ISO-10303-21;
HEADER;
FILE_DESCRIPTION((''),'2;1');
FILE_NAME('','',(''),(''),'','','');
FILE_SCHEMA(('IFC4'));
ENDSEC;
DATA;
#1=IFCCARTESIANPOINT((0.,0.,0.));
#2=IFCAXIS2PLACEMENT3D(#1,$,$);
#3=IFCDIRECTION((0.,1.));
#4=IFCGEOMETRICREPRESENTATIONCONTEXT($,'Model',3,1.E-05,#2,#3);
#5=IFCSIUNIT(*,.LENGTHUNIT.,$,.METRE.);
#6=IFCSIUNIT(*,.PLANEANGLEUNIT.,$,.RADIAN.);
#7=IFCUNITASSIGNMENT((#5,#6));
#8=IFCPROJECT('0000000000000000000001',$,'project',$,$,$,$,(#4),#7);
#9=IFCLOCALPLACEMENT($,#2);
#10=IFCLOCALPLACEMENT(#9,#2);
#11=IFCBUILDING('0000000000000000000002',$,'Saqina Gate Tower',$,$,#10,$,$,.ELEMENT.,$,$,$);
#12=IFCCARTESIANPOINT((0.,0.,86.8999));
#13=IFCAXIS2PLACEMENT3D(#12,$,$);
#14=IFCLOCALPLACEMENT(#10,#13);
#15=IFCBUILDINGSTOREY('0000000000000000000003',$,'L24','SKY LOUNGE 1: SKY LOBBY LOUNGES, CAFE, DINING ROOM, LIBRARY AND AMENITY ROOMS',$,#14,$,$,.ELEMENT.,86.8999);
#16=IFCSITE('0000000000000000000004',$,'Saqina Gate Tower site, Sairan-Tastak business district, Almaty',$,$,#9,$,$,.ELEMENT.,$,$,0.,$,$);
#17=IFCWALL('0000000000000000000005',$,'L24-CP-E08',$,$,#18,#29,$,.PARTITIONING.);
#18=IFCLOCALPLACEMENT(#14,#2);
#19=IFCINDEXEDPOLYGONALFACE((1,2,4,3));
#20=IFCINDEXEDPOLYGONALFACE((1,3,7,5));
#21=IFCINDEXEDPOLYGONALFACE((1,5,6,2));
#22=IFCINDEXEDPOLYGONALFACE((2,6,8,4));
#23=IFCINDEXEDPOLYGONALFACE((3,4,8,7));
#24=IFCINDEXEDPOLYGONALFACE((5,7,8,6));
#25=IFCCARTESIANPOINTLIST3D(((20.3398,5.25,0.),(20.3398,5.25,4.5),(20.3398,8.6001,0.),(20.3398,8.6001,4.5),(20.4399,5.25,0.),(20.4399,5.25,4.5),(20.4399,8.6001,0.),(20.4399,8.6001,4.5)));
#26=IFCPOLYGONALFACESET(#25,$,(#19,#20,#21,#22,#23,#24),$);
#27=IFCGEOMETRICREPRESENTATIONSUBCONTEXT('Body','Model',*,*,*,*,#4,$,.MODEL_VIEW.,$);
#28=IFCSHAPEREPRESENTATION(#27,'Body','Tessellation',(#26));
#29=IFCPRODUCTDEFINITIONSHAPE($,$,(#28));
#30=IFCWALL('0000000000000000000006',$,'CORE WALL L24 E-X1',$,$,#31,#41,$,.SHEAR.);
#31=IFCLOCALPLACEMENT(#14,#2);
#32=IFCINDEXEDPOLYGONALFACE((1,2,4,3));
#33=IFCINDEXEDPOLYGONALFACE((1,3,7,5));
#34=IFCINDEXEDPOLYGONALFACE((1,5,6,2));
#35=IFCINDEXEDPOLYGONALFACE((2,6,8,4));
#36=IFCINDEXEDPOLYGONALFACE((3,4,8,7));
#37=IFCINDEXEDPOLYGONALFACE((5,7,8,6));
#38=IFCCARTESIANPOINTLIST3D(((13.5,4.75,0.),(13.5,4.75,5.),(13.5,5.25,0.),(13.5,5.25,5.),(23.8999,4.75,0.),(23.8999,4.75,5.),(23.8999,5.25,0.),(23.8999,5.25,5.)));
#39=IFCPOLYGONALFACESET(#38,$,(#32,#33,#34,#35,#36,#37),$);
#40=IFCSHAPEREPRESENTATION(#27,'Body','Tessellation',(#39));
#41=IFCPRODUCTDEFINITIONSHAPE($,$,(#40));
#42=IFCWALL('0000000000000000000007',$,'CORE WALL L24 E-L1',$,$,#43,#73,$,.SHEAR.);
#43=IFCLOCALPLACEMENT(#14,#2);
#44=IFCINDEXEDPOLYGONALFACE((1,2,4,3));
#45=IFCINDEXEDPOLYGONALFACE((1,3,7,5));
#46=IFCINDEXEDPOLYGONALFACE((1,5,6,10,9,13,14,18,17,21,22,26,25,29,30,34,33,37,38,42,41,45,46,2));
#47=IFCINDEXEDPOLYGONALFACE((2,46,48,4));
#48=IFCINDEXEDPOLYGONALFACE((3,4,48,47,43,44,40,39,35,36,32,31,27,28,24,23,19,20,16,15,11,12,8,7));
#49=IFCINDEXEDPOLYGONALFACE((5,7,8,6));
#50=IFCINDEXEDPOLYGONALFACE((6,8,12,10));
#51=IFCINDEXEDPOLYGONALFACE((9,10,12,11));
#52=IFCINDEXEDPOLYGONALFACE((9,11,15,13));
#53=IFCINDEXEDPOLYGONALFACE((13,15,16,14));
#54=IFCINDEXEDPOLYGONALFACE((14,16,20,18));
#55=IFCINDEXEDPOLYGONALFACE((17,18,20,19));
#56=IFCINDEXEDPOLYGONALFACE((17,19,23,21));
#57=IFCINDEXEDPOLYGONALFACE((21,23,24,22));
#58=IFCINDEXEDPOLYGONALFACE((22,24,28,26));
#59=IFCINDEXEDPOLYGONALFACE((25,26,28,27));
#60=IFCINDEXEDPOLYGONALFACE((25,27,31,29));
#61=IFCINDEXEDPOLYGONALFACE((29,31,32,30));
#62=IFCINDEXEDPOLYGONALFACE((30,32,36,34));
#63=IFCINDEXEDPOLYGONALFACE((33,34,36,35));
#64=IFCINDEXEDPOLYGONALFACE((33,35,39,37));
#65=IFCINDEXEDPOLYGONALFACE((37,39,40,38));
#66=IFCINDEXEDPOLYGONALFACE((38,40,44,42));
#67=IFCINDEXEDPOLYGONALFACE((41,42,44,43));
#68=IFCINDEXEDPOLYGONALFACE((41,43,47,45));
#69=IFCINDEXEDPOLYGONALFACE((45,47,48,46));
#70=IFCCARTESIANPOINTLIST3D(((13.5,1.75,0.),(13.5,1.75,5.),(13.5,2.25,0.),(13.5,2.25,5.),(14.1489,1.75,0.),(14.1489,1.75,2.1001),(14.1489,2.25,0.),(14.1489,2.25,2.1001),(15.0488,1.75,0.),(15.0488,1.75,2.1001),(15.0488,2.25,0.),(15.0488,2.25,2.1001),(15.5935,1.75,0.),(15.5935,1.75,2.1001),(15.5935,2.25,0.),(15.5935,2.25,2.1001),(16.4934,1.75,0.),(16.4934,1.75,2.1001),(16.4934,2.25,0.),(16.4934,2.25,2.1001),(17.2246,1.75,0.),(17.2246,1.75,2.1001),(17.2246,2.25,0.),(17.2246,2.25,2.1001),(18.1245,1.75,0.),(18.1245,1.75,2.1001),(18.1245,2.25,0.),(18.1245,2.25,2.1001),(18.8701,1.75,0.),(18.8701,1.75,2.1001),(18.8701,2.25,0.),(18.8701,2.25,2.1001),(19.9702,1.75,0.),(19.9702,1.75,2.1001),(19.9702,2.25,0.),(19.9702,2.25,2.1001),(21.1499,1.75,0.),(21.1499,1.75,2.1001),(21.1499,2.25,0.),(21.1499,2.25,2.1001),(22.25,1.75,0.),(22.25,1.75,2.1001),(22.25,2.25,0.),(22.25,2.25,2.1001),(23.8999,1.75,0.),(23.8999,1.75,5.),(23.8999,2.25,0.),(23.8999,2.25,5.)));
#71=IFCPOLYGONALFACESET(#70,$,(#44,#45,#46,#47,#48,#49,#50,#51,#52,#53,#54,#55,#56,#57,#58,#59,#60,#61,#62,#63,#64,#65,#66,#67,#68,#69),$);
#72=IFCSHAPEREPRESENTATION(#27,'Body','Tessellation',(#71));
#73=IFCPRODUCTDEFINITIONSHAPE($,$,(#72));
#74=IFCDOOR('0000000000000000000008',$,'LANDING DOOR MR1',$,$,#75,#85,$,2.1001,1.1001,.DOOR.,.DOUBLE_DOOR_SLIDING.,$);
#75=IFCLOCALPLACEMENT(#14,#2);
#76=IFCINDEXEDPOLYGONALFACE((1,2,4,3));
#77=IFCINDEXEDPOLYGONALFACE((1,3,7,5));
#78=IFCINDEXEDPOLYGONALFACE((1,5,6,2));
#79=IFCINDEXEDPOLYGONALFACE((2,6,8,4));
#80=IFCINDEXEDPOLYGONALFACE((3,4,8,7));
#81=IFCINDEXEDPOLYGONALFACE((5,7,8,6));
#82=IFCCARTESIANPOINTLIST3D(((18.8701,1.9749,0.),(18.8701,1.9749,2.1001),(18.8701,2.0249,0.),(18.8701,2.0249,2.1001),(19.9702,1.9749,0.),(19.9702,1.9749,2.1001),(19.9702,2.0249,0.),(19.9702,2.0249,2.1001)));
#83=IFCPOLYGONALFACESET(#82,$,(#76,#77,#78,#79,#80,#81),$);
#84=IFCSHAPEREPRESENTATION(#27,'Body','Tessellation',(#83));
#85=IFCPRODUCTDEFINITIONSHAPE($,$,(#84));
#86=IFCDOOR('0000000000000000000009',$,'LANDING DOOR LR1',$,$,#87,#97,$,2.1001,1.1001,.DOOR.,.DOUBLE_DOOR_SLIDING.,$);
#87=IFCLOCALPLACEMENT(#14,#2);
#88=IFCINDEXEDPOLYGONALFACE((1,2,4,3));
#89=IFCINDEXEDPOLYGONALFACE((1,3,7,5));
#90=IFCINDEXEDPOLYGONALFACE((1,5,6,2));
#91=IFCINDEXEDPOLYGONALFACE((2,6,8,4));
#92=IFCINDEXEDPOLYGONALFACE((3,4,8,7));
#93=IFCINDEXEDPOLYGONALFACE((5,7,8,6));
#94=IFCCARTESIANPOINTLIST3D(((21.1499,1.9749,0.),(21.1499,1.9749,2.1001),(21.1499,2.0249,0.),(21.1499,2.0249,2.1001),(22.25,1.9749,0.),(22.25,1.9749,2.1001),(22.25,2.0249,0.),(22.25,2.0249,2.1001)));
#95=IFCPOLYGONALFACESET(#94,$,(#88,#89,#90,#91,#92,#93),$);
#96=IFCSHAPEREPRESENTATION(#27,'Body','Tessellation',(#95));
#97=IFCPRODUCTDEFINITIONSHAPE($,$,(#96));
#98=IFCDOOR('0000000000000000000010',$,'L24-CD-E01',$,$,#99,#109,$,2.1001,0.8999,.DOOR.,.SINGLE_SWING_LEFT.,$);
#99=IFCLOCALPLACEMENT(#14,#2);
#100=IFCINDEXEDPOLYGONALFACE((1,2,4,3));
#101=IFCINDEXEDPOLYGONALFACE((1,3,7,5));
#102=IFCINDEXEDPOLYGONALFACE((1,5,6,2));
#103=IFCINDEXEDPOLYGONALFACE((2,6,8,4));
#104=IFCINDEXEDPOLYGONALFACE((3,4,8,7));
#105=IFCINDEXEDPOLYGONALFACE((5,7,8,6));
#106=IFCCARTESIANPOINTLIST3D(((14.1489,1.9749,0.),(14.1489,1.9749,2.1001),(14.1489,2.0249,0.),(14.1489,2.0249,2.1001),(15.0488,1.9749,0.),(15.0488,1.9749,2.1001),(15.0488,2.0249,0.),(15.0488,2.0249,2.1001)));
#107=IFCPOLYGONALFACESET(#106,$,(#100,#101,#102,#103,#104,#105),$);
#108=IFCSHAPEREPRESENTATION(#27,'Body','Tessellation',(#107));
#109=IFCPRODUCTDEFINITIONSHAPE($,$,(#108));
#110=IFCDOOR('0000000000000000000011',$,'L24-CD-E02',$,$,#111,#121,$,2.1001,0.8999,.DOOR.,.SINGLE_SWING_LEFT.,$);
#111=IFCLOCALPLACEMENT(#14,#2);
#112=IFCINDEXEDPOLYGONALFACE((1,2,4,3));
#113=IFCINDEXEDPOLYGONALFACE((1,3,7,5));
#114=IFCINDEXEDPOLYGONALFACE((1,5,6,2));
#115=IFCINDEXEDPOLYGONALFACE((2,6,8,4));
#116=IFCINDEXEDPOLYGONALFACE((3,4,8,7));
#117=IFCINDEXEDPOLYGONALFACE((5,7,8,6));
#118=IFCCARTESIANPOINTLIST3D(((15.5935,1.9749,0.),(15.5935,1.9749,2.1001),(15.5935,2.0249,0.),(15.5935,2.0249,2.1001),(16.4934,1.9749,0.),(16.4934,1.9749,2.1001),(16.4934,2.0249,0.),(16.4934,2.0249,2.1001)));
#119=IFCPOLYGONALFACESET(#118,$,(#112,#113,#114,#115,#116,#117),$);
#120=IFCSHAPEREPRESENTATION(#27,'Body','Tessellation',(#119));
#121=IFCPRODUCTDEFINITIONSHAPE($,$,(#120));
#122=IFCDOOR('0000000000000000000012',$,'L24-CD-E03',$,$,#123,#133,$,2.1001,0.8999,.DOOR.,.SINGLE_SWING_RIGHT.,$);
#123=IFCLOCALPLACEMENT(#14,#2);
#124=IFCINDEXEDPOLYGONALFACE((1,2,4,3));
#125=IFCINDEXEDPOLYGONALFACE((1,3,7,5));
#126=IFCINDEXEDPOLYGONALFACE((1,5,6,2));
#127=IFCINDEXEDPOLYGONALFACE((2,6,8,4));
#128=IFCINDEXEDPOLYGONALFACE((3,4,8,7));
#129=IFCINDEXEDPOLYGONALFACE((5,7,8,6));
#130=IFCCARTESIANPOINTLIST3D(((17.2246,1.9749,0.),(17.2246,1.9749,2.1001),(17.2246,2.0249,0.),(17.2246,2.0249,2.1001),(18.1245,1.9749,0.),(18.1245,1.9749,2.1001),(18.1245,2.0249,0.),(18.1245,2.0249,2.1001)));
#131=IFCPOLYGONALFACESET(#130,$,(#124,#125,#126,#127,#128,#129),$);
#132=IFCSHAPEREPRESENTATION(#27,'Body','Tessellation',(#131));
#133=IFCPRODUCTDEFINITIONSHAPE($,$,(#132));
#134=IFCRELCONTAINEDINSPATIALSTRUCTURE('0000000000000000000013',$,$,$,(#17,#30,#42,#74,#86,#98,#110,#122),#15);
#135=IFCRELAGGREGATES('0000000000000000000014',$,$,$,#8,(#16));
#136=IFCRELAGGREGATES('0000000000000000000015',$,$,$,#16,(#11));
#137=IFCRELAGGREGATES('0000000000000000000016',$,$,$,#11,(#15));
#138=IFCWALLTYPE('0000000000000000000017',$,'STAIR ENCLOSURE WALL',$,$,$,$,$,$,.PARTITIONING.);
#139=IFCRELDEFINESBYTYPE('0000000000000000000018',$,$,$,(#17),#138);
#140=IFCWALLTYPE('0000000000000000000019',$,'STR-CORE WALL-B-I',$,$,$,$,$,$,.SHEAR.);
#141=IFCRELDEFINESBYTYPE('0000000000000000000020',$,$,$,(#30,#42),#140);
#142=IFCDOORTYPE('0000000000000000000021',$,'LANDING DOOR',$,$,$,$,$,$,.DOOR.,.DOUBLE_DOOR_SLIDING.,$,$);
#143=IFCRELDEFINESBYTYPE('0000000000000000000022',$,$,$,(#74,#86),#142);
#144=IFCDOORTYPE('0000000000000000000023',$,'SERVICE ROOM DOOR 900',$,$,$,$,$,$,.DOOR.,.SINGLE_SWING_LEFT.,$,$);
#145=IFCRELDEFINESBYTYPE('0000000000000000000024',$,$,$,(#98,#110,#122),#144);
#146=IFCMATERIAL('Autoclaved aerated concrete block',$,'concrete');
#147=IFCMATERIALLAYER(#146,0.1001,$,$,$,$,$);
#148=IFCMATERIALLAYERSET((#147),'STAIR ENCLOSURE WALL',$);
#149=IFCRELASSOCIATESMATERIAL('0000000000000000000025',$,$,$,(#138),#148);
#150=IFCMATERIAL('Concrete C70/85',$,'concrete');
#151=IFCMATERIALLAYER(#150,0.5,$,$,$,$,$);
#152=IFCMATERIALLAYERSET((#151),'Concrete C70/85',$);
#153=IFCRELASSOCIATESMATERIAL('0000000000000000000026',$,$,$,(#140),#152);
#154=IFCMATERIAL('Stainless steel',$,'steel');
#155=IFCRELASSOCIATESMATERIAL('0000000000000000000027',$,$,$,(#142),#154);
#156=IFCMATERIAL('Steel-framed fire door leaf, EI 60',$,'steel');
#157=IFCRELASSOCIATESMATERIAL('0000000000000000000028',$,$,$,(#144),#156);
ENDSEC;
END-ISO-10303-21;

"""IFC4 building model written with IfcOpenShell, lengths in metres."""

from ifc_helpers import new_model, si_unit, direction, frame, frame_2d, origin, place, context, subcontext, project, spatial, rectangle, extrude, material, layer, layer_set, type_object, element, fill, save


model = new_model("IFC4")

# Units and contexts
model_context = context("Model", 3, precision=1e-05, world=origin(), true_north=direction((0.0, 1.0)))
body_context = subcontext(model_context, "Body", "Model", "MODEL_VIEW")
ifc_project = project(units=[si_unit("LENGTHUNIT", "METRE"), si_unit("PLANEANGLEUNIT", "RADIAN")], contexts=[model_context])

# Site, building, storey
site_placement = place(None, origin())
site = spatial("IfcSite", under=ifc_project, at=site_placement, Name="Saqina Gate Tower site, Sairan-Tastak business district, Almaty", CompositionType="ELEMENT", RefElevation=0.0)
building_placement = place(site_placement, origin())
building = spatial("IfcBuilding", under=site, at=building_placement, Name="Saqina Gate Tower", CompositionType="ELEMENT")
storey_placement = place(building_placement, frame((0.0, 0.0, 86.8999)))
storey = spatial("IfcBuildingStorey", under=building, at=storey_placement, Name="L24", Description="SKY LOUNGE 1: SKY LOBBY LOUNGES, CAFE, DINING ROOM, LIBRARY AND AMENITY ROOMS", CompositionType="ELEMENT", Elevation=86.8999)

# Walls
ifc_material_1 = material(Name="Autoclaved aerated concrete block", Category="concrete")
ifc_layer_1 = layer(ifc_material_1, 0.1001)
ifc_layer_set_1 = layer_set([ifc_layer_1], Name="STAIR ENCLOSURE WALL")
wall_type_1 = type_object("IfcWallType", Name="STAIR ENCLOSURE WALL", PredefinedType="PARTITIONING", material=ifc_layer_set_1)
wall_1_placement = place(storey_placement, frame((20.3899, 5.25, 0.0), z_axis=(0.0, 0.0, 1.0), x_axis=(0.0, 1.0, 0.0)))
element("IfcWall", 1, at=wall_1_placement, inside=storey, type_object=wall_type_1, Name="L24-CP-E08", PredefinedType="PARTITIONING", context=body_context, shape_type="SweptSolid", body=[
    extrude(rectangle(XDim=3.3501, YDim=0.1001, at=frame_2d((1.675, 0.0))), origin(), (0.0, 0.0, 1.0), 4.5),
])
ifc_material_2 = material(Name="Concrete C70/85", Category="concrete")
ifc_layer_2 = layer(ifc_material_2, 0.5)
ifc_layer_set_2 = layer_set([ifc_layer_2], Name="Concrete C70/85")
wall_type_2 = type_object("IfcWallType", Name="STR-CORE WALL-B-I", PredefinedType="SHEAR", material=ifc_layer_set_2)
wall_2_placement = place(storey_placement, frame((13.5, 5.0, 0.0), z_axis=(0.0, 0.0, 1.0), x_axis=(1.0, 0.0, 0.0)))
element("IfcWall", 2, at=wall_2_placement, inside=storey, type_object=wall_type_2, Name="CORE WALL L24 E-X1", PredefinedType="SHEAR", context=body_context, shape_type="SweptSolid", body=[
    extrude(rectangle(XDim=10.3999, YDim=0.5, at=frame_2d((5.2, 0.0))), origin(), (0.0, 0.0, 1.0), 5.0),
])

# Wall, openings, doors
wall_3_placement = place(storey_placement, frame((13.5, 2.0, 0.0), z_axis=(0.0, 0.0, 1.0), x_axis=(1.0, 0.0, 0.0)))
wall_3 = element("IfcWall", 3, at=wall_3_placement, inside=storey, type_object=wall_type_2, Name="CORE WALL L24 E-L1", PredefinedType="SHEAR", context=body_context, shape_type="SweptSolid", body=[
    extrude(rectangle(XDim=10.3999, YDim=0.5, at=frame_2d((5.2, 0.0))), origin(), (0.0, 0.0, 1.0), 5.0),
])
opening_1_placement = place(wall_3_placement, frame((5.3701, 0.0, 0.0)))
opening_1 = element("IfcOpeningElement", 4, at=opening_1_placement, cuts=wall_3, PredefinedType="OPENING", context=body_context, shape_type="SweptSolid", body=[
    extrude(rectangle(XDim=1.1001, YDim=2.1001, at=frame_2d((0.55, 1.05))), frame((0.0, 0.262, 0.0), z_axis=(0.0, -1.0, 0.0), x_axis=(1.0, 0.0, 0.0)), (0.0, 0.0, 1.0), 0.5239),
])
opening_2_placement = place(wall_3_placement, frame((7.6499, 0.0, 0.0)))
opening_2 = element("IfcOpeningElement", 5, at=opening_2_placement, cuts=wall_3, PredefinedType="OPENING", context=body_context, shape_type="SweptSolid", body=[
    extrude(rectangle(XDim=1.1001, YDim=2.1001, at=frame_2d((0.55, 1.05))), frame((0.0, 0.262, 0.0), z_axis=(0.0, -1.0, 0.0), x_axis=(1.0, 0.0, 0.0)), (0.0, 0.0, 1.0), 0.5239),
])
opening_3_placement = place(wall_3_placement, frame((0.6489, 0.0, 0.0)))
opening_3 = element("IfcOpeningElement", 6, at=opening_3_placement, cuts=wall_3, PredefinedType="OPENING", context=body_context, shape_type="SweptSolid", body=[
    extrude(rectangle(XDim=0.8999, YDim=2.1001, at=frame_2d((0.45, 1.05))), frame((0.0, 0.262, 0.0), z_axis=(0.0, -1.0, 0.0), x_axis=(1.0, 0.0, 0.0)), (0.0, 0.0, 1.0), 0.5239),
])
opening_4_placement = place(wall_3_placement, frame((2.0935, 0.0, 0.0)))
opening_4 = element("IfcOpeningElement", 7, at=opening_4_placement, cuts=wall_3, PredefinedType="OPENING", context=body_context, shape_type="SweptSolid", body=[
    extrude(rectangle(XDim=0.8999, YDim=2.1001, at=frame_2d((0.45, 1.05))), frame((0.0, 0.262, 0.0), z_axis=(0.0, -1.0, 0.0), x_axis=(1.0, 0.0, 0.0)), (0.0, 0.0, 1.0), 0.5239),
])
opening_5_placement = place(wall_3_placement, frame((3.7246, 0.0, 0.0)))
opening_5 = element("IfcOpeningElement", 8, at=opening_5_placement, cuts=wall_3, PredefinedType="OPENING", context=body_context, shape_type="SweptSolid", body=[
    extrude(rectangle(XDim=0.8999, YDim=2.1001, at=frame_2d((0.45, 1.05))), frame((0.0, 0.262, 0.0), z_axis=(0.0, -1.0, 0.0), x_axis=(1.0, 0.0, 0.0)), (0.0, 0.0, 1.0), 0.5239),
])
ifc_material_3 = material(Name="Stainless steel", Category="steel")
door_type_1 = type_object("IfcDoorType", Name="LANDING DOOR", OperationType="DOUBLE_DOOR_SLIDING", PredefinedType="DOOR", material=ifc_material_3)
door_1_placement = place(opening_1_placement, origin())
door_1 = element("IfcDoor", 9, at=door_1_placement, inside=storey, type_object=door_type_1, Name="LANDING DOOR MR1", OperationType="DOUBLE_DOOR_SLIDING", OverallHeight=2.1001, OverallWidth=1.1001, PredefinedType="DOOR", context=body_context, shape_type="SweptSolid", body=[
    extrude(rectangle(XDim=1.1001, YDim=2.1001, at=frame_2d((0.55, 1.05))), frame((0.0, 0.0249, 0.0), z_axis=(0.0, -1.0, 0.0), x_axis=(1.0, 0.0, 0.0)), (0.0, 0.0, 1.0), 0.05),
])
fill(opening_1, door_1)
door_2_placement = place(opening_2_placement, origin())
door_2 = element("IfcDoor", 10, at=door_2_placement, inside=storey, type_object=door_type_1, Name="LANDING DOOR LR1", OperationType="DOUBLE_DOOR_SLIDING", OverallHeight=2.1001, OverallWidth=1.1001, PredefinedType="DOOR", context=body_context, shape_type="SweptSolid", body=[
    extrude(rectangle(XDim=1.1001, YDim=2.1001, at=frame_2d((0.55, 1.05))), frame((0.0, 0.0249, 0.0), z_axis=(0.0, -1.0, 0.0), x_axis=(1.0, 0.0, 0.0)), (0.0, 0.0, 1.0), 0.05),
])
fill(opening_2, door_2)
ifc_material_4 = material(Name="Steel-framed fire door leaf, EI 60", Category="steel")
door_type_2 = type_object("IfcDoorType", Name="SERVICE ROOM DOOR 900", OperationType="SINGLE_SWING_LEFT", PredefinedType="DOOR", material=ifc_material_4)
door_3_placement = place(opening_3_placement, origin())
door_3 = element("IfcDoor", 11, at=door_3_placement, inside=storey, type_object=door_type_2, Name="L24-CD-E01", OperationType="SINGLE_SWING_LEFT", OverallHeight=2.1001, OverallWidth=0.8999, PredefinedType="DOOR", context=body_context, shape_type="SweptSolid", body=[
    extrude(rectangle(XDim=0.8999, YDim=2.1001, at=frame_2d((0.45, 1.05))), frame((0.0, 0.0249, 0.0), z_axis=(0.0, -1.0, 0.0), x_axis=(1.0, 0.0, 0.0)), (0.0, 0.0, 1.0), 0.05),
])
fill(opening_3, door_3)
door_4_placement = place(opening_4_placement, origin())
door_4 = element("IfcDoor", 12, at=door_4_placement, inside=storey, type_object=door_type_2, Name="L24-CD-E02", OperationType="SINGLE_SWING_LEFT", OverallHeight=2.1001, OverallWidth=0.8999, PredefinedType="DOOR", context=body_context, shape_type="SweptSolid", body=[
    extrude(rectangle(XDim=0.8999, YDim=2.1001, at=frame_2d((0.45, 1.05))), frame((0.0, 0.0249, 0.0), z_axis=(0.0, -1.0, 0.0), x_axis=(1.0, 0.0, 0.0)), (0.0, 0.0, 1.0), 0.05),
])
fill(opening_4, door_4)
door_5_placement = place(opening_5_placement, origin())
door_5 = element("IfcDoor", 13, at=door_5_placement, inside=storey, type_object=door_type_2, Name="L24-CD-E03", OperationType="SINGLE_SWING_RIGHT", OverallHeight=2.1001, OverallWidth=0.8999, PredefinedType="DOOR", context=body_context, shape_type="SweptSolid", body=[
    extrude(rectangle(XDim=0.8999, YDim=2.1001, at=frame_2d((0.45, 1.05))), frame((0.0, 0.0249, 0.0), z_axis=(0.0, -1.0, 0.0), x_axis=(1.0, 0.0, 0.0)), (0.0, 0.0, 1.0), 0.05),
])
fill(opening_5, door_5)

save(model, "model.ifc")
